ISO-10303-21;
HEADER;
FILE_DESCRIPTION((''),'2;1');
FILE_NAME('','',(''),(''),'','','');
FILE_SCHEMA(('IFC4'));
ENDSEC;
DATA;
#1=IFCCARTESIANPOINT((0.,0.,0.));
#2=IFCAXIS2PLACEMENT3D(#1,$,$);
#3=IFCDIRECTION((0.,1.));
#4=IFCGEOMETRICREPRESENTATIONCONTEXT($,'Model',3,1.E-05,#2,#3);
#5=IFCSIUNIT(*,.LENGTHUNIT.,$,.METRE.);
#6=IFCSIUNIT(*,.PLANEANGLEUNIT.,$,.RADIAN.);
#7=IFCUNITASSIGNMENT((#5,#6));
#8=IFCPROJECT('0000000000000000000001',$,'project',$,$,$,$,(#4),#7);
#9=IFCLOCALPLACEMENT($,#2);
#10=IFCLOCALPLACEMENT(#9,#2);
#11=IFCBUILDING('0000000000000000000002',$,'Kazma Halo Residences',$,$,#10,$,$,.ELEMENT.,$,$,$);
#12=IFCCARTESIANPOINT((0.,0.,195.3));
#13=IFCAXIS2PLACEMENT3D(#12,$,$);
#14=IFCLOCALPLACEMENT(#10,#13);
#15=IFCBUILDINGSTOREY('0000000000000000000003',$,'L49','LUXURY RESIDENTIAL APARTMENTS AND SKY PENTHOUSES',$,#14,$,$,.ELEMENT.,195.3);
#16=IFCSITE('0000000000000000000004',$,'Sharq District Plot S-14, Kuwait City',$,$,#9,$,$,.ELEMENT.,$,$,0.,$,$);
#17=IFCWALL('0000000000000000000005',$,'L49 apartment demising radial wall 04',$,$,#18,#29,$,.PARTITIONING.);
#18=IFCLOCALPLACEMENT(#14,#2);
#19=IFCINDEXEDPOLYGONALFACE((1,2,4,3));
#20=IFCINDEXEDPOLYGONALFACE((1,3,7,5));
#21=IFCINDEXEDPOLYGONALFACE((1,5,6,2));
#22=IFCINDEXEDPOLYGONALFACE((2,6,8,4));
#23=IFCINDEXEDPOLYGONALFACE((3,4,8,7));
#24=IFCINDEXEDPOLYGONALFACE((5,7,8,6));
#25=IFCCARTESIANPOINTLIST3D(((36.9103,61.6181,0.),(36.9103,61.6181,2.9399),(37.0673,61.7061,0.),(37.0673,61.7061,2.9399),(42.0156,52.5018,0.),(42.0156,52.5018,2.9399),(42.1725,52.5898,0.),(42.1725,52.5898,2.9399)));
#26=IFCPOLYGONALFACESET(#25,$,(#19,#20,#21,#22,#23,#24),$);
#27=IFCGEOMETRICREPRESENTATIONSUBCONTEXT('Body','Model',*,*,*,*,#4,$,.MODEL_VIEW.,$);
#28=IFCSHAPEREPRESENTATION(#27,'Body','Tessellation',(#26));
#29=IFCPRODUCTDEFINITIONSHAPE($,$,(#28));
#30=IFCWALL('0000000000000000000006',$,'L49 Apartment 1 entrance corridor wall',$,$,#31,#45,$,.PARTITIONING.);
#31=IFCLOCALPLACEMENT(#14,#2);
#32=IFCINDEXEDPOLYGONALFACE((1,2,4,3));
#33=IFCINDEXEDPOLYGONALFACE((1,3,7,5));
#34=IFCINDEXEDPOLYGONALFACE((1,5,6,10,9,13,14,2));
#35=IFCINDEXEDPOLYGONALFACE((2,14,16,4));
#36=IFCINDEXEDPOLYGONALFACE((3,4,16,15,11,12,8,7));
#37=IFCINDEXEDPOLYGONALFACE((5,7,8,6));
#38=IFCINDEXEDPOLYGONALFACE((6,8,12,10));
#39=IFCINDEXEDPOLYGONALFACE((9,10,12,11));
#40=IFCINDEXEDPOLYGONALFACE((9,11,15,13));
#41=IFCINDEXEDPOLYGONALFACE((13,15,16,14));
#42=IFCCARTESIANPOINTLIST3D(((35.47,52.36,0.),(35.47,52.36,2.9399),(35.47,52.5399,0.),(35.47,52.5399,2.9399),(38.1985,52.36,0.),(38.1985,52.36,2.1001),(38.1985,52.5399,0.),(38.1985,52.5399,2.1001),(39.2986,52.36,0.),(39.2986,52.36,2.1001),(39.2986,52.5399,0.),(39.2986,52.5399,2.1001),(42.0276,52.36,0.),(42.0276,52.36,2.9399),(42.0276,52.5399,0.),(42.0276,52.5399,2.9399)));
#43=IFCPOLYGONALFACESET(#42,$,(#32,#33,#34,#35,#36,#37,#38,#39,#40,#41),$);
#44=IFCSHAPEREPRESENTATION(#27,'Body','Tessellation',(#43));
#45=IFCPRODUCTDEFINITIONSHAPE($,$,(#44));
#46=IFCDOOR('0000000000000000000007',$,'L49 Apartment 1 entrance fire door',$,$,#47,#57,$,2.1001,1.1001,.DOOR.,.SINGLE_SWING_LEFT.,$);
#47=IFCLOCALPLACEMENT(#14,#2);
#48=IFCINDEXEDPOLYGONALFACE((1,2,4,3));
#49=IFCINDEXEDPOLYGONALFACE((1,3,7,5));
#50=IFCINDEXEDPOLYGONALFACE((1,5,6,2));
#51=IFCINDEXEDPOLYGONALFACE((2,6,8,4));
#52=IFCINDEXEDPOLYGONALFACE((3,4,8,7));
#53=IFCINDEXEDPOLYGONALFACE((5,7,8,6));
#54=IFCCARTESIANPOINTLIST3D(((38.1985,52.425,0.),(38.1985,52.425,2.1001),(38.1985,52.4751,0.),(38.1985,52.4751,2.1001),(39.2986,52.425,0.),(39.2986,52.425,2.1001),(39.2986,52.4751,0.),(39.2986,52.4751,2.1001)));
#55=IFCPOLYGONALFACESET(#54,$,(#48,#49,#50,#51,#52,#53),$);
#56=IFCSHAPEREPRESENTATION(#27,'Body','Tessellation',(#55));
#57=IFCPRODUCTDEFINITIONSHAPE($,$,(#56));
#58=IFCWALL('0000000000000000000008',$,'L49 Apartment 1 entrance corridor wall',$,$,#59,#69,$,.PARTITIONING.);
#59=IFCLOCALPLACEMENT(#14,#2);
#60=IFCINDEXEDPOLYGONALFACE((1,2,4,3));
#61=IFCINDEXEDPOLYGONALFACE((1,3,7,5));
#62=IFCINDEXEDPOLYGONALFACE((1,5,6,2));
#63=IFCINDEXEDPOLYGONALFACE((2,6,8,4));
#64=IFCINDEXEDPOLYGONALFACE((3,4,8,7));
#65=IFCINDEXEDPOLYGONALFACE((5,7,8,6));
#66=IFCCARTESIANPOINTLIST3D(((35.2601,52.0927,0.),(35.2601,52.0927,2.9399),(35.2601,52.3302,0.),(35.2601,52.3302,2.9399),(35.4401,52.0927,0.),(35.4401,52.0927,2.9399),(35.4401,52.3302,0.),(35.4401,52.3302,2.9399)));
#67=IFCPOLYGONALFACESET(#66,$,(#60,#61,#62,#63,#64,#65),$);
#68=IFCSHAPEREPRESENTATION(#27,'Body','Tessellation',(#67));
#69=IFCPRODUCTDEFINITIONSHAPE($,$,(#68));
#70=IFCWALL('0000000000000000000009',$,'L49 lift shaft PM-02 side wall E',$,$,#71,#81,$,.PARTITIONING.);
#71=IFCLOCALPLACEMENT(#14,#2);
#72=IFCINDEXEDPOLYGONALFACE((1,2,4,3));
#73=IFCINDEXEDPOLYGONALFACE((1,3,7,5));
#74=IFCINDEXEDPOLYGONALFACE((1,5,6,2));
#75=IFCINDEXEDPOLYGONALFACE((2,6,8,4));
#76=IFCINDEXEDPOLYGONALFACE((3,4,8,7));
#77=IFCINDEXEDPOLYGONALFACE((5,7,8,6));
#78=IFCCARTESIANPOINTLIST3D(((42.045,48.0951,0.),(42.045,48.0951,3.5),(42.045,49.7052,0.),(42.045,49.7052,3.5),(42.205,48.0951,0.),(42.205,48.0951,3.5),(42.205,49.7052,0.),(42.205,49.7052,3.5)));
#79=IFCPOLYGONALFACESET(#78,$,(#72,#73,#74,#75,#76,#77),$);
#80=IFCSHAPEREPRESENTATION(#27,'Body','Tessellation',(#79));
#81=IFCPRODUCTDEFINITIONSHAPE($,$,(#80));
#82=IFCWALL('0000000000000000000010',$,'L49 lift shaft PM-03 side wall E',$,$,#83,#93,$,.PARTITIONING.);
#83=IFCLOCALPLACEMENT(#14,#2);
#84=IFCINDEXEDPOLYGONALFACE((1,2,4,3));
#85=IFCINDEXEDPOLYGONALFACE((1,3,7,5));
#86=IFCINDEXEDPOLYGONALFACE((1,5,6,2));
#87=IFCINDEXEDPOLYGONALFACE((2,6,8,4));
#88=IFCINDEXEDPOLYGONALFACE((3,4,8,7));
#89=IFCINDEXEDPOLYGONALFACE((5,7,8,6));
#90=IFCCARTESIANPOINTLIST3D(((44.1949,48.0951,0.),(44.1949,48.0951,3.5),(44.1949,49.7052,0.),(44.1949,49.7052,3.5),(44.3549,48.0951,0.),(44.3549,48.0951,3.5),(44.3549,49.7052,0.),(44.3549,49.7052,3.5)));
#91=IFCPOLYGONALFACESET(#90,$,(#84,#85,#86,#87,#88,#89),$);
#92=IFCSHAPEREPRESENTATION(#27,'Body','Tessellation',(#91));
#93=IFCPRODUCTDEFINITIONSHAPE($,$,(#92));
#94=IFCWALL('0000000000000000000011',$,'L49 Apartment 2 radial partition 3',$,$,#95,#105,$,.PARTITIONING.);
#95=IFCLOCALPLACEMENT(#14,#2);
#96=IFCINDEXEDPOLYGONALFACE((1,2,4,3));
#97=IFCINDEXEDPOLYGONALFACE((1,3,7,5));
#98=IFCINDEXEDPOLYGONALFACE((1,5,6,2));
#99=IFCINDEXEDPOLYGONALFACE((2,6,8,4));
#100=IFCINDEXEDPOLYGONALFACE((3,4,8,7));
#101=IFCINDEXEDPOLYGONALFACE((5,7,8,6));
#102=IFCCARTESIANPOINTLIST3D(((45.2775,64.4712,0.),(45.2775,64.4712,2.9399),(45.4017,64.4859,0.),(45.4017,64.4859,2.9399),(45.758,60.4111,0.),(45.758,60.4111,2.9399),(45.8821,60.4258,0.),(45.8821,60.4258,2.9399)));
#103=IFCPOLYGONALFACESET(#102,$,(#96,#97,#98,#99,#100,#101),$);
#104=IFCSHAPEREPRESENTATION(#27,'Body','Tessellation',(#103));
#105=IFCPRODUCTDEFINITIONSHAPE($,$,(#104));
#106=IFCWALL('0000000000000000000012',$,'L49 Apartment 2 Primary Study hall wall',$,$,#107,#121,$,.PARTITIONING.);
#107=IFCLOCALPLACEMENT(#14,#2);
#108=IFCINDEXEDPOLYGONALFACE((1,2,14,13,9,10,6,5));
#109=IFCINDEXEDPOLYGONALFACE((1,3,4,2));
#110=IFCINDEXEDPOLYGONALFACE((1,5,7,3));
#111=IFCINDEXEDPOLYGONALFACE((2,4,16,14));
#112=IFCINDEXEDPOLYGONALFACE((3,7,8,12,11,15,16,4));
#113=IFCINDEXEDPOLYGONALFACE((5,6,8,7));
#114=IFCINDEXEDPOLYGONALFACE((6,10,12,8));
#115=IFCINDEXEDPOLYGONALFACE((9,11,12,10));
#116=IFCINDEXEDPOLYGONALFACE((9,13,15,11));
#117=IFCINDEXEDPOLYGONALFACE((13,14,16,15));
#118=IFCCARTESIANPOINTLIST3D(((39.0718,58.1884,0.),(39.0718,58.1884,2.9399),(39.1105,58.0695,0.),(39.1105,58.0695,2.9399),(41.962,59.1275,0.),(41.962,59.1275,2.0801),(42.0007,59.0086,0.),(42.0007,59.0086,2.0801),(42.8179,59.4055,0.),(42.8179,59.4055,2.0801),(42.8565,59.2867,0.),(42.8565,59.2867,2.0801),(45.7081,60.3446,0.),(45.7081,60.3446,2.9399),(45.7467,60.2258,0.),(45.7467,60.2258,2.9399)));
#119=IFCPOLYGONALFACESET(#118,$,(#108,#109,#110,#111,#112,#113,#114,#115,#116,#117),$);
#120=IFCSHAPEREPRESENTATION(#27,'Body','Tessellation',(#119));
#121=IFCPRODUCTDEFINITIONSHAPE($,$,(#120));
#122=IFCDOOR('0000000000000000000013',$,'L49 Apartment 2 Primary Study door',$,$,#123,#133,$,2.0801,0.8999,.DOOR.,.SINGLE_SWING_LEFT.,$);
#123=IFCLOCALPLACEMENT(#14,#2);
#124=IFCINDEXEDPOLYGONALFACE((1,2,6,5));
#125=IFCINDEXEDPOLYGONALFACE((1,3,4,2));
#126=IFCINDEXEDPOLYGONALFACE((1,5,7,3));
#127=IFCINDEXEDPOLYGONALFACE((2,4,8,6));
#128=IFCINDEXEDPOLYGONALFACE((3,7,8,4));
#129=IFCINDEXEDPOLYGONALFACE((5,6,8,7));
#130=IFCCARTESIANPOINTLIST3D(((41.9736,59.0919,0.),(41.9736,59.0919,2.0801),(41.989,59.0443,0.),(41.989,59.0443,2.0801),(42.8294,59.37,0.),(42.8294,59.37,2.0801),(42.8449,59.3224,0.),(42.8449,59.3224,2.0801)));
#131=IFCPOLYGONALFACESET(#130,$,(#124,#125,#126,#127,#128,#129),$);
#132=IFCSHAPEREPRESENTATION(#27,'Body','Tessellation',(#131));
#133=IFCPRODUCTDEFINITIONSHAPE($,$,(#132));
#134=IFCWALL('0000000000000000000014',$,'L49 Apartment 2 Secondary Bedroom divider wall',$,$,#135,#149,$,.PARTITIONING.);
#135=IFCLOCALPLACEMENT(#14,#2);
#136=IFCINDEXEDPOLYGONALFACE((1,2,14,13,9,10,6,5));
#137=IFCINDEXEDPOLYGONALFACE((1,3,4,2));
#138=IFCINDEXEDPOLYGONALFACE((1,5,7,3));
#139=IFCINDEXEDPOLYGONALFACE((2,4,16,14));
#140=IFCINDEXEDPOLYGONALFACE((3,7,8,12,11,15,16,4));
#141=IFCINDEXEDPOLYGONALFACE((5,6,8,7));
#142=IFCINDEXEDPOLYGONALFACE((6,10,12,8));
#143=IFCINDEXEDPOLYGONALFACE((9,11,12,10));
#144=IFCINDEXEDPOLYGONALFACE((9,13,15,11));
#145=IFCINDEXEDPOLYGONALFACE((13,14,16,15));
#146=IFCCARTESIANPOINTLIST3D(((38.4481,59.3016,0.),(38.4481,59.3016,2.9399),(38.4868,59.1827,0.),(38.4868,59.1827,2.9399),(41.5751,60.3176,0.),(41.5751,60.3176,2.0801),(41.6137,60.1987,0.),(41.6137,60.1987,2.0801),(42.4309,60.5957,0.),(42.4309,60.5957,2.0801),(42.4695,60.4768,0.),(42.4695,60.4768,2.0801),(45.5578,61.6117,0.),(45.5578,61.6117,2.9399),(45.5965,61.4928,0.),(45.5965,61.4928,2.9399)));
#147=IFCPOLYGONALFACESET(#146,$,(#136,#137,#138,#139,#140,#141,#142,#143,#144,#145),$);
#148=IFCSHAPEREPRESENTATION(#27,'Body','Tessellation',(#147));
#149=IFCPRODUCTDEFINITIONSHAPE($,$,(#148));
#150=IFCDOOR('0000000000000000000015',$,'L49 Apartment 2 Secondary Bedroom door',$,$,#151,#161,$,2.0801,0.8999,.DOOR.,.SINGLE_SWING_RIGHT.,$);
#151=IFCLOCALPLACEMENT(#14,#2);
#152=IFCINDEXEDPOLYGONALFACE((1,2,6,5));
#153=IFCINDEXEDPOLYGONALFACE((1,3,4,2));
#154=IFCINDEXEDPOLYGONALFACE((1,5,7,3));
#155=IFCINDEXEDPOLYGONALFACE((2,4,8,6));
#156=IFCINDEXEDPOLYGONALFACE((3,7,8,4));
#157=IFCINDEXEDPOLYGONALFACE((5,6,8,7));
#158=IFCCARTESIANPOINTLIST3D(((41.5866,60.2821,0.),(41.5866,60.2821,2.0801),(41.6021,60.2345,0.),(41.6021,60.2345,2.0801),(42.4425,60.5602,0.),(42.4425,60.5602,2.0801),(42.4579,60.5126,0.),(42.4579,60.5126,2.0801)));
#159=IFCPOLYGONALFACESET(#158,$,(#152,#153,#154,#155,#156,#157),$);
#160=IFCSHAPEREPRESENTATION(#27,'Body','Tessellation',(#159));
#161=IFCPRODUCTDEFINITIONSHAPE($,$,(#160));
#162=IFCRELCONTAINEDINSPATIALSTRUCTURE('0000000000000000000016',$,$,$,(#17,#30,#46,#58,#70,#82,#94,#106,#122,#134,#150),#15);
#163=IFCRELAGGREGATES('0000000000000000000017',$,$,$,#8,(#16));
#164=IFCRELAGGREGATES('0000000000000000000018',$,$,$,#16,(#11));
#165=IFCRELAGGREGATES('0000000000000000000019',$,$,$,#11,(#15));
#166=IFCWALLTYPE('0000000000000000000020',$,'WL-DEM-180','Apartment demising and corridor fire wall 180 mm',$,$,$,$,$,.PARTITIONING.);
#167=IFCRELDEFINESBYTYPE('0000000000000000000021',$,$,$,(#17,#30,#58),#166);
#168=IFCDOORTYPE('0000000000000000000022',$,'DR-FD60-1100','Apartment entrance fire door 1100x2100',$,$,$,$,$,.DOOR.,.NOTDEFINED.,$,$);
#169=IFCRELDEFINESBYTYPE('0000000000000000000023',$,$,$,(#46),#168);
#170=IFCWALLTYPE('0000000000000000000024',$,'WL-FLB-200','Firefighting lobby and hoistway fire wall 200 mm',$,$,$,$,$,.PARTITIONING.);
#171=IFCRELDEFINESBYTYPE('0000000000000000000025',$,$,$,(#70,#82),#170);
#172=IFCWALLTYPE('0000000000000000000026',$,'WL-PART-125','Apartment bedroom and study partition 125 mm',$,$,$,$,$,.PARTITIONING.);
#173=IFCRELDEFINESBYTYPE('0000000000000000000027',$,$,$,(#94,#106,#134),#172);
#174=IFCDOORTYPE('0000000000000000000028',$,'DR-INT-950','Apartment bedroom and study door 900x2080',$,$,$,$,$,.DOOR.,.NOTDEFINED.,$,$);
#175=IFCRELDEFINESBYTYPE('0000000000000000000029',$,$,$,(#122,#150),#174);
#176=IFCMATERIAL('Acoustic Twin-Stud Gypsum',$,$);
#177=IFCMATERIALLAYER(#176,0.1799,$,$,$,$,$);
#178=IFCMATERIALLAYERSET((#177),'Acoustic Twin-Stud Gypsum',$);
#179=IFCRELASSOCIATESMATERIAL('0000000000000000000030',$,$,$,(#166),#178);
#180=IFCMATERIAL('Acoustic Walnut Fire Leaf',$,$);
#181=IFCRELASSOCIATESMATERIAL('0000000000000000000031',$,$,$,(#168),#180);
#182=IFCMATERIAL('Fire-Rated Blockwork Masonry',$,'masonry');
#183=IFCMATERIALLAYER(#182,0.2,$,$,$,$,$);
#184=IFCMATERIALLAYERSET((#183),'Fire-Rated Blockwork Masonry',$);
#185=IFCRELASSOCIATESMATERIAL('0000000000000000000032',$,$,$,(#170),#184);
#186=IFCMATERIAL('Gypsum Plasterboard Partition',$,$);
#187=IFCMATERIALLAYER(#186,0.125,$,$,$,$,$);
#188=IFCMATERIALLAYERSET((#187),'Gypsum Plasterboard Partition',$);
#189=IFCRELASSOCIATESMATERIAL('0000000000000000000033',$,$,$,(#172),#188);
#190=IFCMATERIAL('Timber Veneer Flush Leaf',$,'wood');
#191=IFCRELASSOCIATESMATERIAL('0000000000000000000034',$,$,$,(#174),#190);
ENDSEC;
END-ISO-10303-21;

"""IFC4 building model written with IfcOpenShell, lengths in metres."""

from ifc_helpers import new_model, si_unit, direction, frame, frame_2d, origin, place, context, subcontext, project, spatial, rectangle, extrude, material, layer, layer_set, type_object, element, fill, save


model = new_model("IFC4")

# Units and contexts
model_context = context("Model", 3, precision=1e-05, world=origin(), true_north=direction((0.0, 1.0)))
body_context = subcontext(model_context, "Body", "Model", "MODEL_VIEW")
ifc_project = project(units=[si_unit("LENGTHUNIT", "METRE"), si_unit("PLANEANGLEUNIT", "RADIAN")], contexts=[model_context])

# Site, building, storey
site_placement = place(None, origin())
site = spatial("IfcSite", under=ifc_project, at=site_placement, Name="Sharq District Plot S-14, Kuwait City", CompositionType="ELEMENT", RefElevation=0.0)
building_placement = place(site_placement, origin())
building = spatial("IfcBuilding", under=site, at=building_placement, Name="Kazma Halo Residences", CompositionType="ELEMENT")
storey_placement = place(building_placement, frame((0.0, 0.0, 195.3)))
storey = spatial("IfcBuildingStorey", under=building, at=storey_placement, Name="L49", Description="LUXURY RESIDENTIAL APARTMENTS AND SKY PENTHOUSES", CompositionType="ELEMENT", Elevation=195.3)

# Wall
ifc_material_1 = material(Name="Acoustic Twin-Stud Gypsum")
ifc_layer_1 = layer(ifc_material_1, 0.1799)
ifc_layer_set_1 = layer_set([ifc_layer_1], Name="Acoustic Twin-Stud Gypsum")
wall_type_1 = type_object("IfcWallType", Name="WL-DEM-180", Description="Apartment demising and corridor fire wall 180 mm", PredefinedType="PARTITIONING", material=ifc_layer_set_1)
wall_1_placement = place(storey_placement, frame((42.094, 52.5459, 0.0), z_axis=(0.0, 0.0, 1.0), x_axis=(-0.488614, 0.8725, 0.0)))
element("IfcWall", 1, at=wall_1_placement, inside=storey, type_object=wall_type_1, Name="L49 apartment demising radial wall 04", PredefinedType="PARTITIONING", context=body_context, shape_type="SweptSolid", body=[
    extrude(rectangle(XDim=10.4485, YDim=0.1799, at=frame_2d((5.2241, 0.0))), origin(), (0.0, 0.0, 1.0), 2.9399),
])

# Wall, opening, door
wall_2_placement = place(storey_placement, frame((42.0276, 52.45, 0.0), z_axis=(0.0, 0.0, 1.0), x_axis=(-1.0, 0.0, 0.0)))
wall_2 = element("IfcWall", 2, at=wall_2_placement, inside=storey, type_object=wall_type_1, Name="L49 Apartment 1 entrance corridor wall", PredefinedType="PARTITIONING", context=body_context, shape_type="SweptSolid", body=[
    extrude(rectangle(XDim=6.5576, YDim=0.1799, at=frame_2d((3.2788, 0.0))), origin(), (0.0, 0.0, 1.0), 2.9399),
])
opening_1_placement = place(wall_2_placement, frame((2.729, 0.0, 0.0)))
opening_1 = element("IfcOpeningElement", 3, at=opening_1_placement, cuts=wall_2, PredefinedType="OPENING", context=body_context, shape_type="SweptSolid", body=[
    extrude(rectangle(XDim=1.1001, YDim=2.1001, at=frame_2d((0.55, 1.05))), frame((0.0, 0.0999, 0.0), z_axis=(0.0, -1.0, 0.0), x_axis=(1.0, 0.0, 0.0)), (0.0, 0.0, 1.0), 0.2),
])
ifc_material_2 = material(Name="Acoustic Walnut Fire Leaf")
door_type_1 = type_object("IfcDoorType", Name="DR-FD60-1100", Description="Apartment entrance fire door 1100x2100", OperationType="NOTDEFINED", PredefinedType="DOOR", material=ifc_material_2)
door_1_placement = place(opening_1_placement, origin())
door_1 = element("IfcDoor", 4, at=door_1_placement, inside=storey, type_object=door_type_1, Name="L49 Apartment 1 entrance fire door", OperationType="SINGLE_SWING_LEFT", OverallHeight=2.1001, OverallWidth=1.1001, PredefinedType="DOOR", context=body_context, shape_type="SweptSolid", body=[
    extrude(rectangle(XDim=1.1001, YDim=2.1001, at=frame_2d((0.55, 1.05))), frame((0.0, 0.0249, 0.0), z_axis=(0.0, -1.0, 0.0), x_axis=(1.0, 0.0, 0.0)), (0.0, 0.0, 1.0), 0.05),
])
fill(opening_1, door_1)

# Wall
wall_3_placement = place(storey_placement, frame((35.3501, 52.3301, 0.0), z_axis=(0.0, 0.0, 1.0), x_axis=(0.0, -1.0, 0.0)))
element("IfcWall", 5, at=wall_3_placement, inside=storey, type_object=wall_type_1, Name="L49 Apartment 1 entrance corridor wall", PredefinedType="PARTITIONING", context=body_context, shape_type="SweptSolid", body=[
    extrude(rectangle(XDim=0.2375, YDim=0.1799, at=frame_2d((0.1187, 0.0))), origin(), (0.0, 0.0, 1.0), 2.9399),
])

# Walls
ifc_material_3 = material(Name="Fire-Rated Blockwork Masonry", Category="masonry")
ifc_layer_2 = layer(ifc_material_3, 0.2)
ifc_layer_set_2 = layer_set([ifc_layer_2], Name="Fire-Rated Blockwork Masonry")
wall_type_2 = type_object("IfcWallType", Name="WL-FLB-200", Description="Firefighting lobby and hoistway fire wall 200 mm", PredefinedType="PARTITIONING", material=ifc_layer_set_2)
for number, where, z_axis, x_axis, name in (
    (6, (42.125, 48.095, 0.0), (0.0, 0.0, 1.0), (0.0, 1.0, 0.0), "L49 lift shaft PM-02 side wall E"),
    (7, (44.2749, 48.095, 0.0), (0.0, 0.0, 1.0), (0.0, 1.0, 0.0), "L49 lift shaft PM-03 side wall E"),
):
    element("IfcWall", number, at=place(storey_placement, frame(where, z_axis=z_axis, x_axis=x_axis)), inside=storey, type_object=wall_type_2, Name=name, PredefinedType="PARTITIONING", context=body_context, shape_type="SweptSolid", body=[
        extrude(rectangle(XDim=1.6101, YDim=0.1599, at=frame_2d((0.8052, 0.0))), origin(), (0.0, 0.0, 1.0), 3.5),
    ])
ifc_material_4 = material(Name="Gypsum Plasterboard Partition")
ifc_layer_3 = layer(ifc_material_4, 0.125)
ifc_layer_set_3 = layer_set([ifc_layer_3], Name="Gypsum Plasterboard Partition")
wall_type_3 = type_object("IfcWallType", Name="WL-PART-125", Description="Apartment bedroom and study partition 125 mm", PredefinedType="PARTITIONING", material=ifc_layer_set_3)
wall_4_placement = place(storey_placement, frame((45.8201, 60.4185, 0.0), z_axis=(0.0, 0.0, 1.0), x_axis=(-0.11752, 0.99307, 0.0)))
element("IfcWall", 8, at=wall_4_placement, inside=storey, type_object=wall_type_3, Name="L49 Apartment 2 radial partition 3", PredefinedType="PARTITIONING", context=body_context, shape_type="SweptSolid", body=[
    extrude(rectangle(XDim=4.0884, YDim=0.125, at=frame_2d((2.0442, 0.0))), origin(), (0.0, 0.0, 1.0), 2.9399),
])

# Walls, openings, doors
wall_5_placement = place(storey_placement, frame((45.7273, 60.2852, 0.0), z_axis=(0.0, 0.0, 1.0), x_axis=(-0.951056, -0.309018, 0.0)))
wall_5 = element("IfcWall", 9, at=wall_5_placement, inside=storey, type_object=wall_type_3, Name="L49 Apartment 2 Primary Study hall wall", PredefinedType="PARTITIONING", context=body_context, shape_type="SweptSolid", body=[
    extrude(rectangle(XDim=6.9778, YDim=0.125, at=frame_2d((3.4888, 0.0))), origin(), (0.0, 0.0, 1.0), 2.9399),
])
opening_2_placement = place(wall_5_placement, frame((3.0388, 0.0, 0.0)))
opening_2 = element("IfcOpeningElement", 10, at=opening_2_placement, cuts=wall_5, PredefinedType="OPENING", context=body_context, shape_type="SweptSolid", body=[
    extrude(rectangle(XDim=0.8999, YDim=2.0801, at=frame_2d((0.45, 1.04))), frame((0.0, 0.0725, 0.0), z_axis=(0.0, -1.0, 0.0), x_axis=(1.0, 0.0, 0.0)), (0.0, 0.0, 1.0), 0.145),
])
ifc_material_5 = material(Name="Timber Veneer Flush Leaf", Category="wood")
door_type_2 = type_object("IfcDoorType", Name="DR-INT-950", Description="Apartment bedroom and study door 900x2080", OperationType="NOTDEFINED", PredefinedType="DOOR", material=ifc_material_5)
door_2_placement = place(opening_2_placement, origin())
door_2 = element("IfcDoor", 11, at=door_2_placement, inside=storey, type_object=door_type_2, Name="L49 Apartment 2 Primary Study door", OperationType="SINGLE_SWING_LEFT", OverallHeight=2.0801, OverallWidth=0.8999, PredefinedType="DOOR", context=body_context, shape_type="SweptSolid", body=[
    extrude(rectangle(XDim=0.8999, YDim=2.0801, at=frame_2d((0.45, 1.04))), frame((0.0, 0.0249, 0.0), z_axis=(0.0, -1.0, 0.0), x_axis=(1.0, 0.0, 0.0)), (0.0, 0.0, 1.0), 0.05),
])
fill(opening_2, door_2)
wall_6_placement = place(storey_placement, frame((45.5771, 61.5522, 0.0), z_axis=(0.0, 0.0, 1.0), x_axis=(-0.951056, -0.309017, 0.0)))
wall_6 = element("IfcWall", 12, at=wall_6_placement, inside=storey, type_object=wall_type_3, Name="L49 Apartment 2 Secondary Bedroom divider wall", PredefinedType="PARTITIONING", context=body_context, shape_type="SweptSolid", body=[
    extrude(rectangle(XDim=7.4756, YDim=0.125, at=frame_2d((3.7378, 0.0))), origin(), (0.0, 0.0, 1.0), 2.9399),
])
opening_3_placement = place(wall_6_placement, frame((3.2878, 0.0, 0.0)))
opening_3 = element("IfcOpeningElement", 13, at=opening_3_placement, cuts=wall_6, PredefinedType="OPENING", context=body_context, shape_type="SweptSolid", body=[
    extrude(rectangle(XDim=0.8999, YDim=2.0801, at=frame_2d((0.45, 1.04))), frame((0.0, 0.0725, 0.0), z_axis=(0.0, -1.0, 0.0), x_axis=(1.0, 0.0, 0.0)), (0.0, 0.0, 1.0), 0.145),
])
door_3_placement = place(opening_3_placement, origin())
door_3 = element("IfcDoor", 14, at=door_3_placement, inside=storey, type_object=door_type_2, Name="L49 Apartment 2 Secondary Bedroom door", OperationType="SINGLE_SWING_RIGHT", OverallHeight=2.0801, OverallWidth=0.8999, PredefinedType="DOOR", context=body_context, shape_type="SweptSolid", body=[
    extrude(rectangle(XDim=0.8999, YDim=2.0801, at=frame_2d((0.45, 1.04))), frame((0.0, 0.0249, 0.0), z_axis=(0.0, -1.0, 0.0), x_axis=(1.0, 0.0, 0.0)), (0.0, 0.0, 1.0), 0.05),
])
fill(opening_3, door_3)

save(model, "model.ifc")
